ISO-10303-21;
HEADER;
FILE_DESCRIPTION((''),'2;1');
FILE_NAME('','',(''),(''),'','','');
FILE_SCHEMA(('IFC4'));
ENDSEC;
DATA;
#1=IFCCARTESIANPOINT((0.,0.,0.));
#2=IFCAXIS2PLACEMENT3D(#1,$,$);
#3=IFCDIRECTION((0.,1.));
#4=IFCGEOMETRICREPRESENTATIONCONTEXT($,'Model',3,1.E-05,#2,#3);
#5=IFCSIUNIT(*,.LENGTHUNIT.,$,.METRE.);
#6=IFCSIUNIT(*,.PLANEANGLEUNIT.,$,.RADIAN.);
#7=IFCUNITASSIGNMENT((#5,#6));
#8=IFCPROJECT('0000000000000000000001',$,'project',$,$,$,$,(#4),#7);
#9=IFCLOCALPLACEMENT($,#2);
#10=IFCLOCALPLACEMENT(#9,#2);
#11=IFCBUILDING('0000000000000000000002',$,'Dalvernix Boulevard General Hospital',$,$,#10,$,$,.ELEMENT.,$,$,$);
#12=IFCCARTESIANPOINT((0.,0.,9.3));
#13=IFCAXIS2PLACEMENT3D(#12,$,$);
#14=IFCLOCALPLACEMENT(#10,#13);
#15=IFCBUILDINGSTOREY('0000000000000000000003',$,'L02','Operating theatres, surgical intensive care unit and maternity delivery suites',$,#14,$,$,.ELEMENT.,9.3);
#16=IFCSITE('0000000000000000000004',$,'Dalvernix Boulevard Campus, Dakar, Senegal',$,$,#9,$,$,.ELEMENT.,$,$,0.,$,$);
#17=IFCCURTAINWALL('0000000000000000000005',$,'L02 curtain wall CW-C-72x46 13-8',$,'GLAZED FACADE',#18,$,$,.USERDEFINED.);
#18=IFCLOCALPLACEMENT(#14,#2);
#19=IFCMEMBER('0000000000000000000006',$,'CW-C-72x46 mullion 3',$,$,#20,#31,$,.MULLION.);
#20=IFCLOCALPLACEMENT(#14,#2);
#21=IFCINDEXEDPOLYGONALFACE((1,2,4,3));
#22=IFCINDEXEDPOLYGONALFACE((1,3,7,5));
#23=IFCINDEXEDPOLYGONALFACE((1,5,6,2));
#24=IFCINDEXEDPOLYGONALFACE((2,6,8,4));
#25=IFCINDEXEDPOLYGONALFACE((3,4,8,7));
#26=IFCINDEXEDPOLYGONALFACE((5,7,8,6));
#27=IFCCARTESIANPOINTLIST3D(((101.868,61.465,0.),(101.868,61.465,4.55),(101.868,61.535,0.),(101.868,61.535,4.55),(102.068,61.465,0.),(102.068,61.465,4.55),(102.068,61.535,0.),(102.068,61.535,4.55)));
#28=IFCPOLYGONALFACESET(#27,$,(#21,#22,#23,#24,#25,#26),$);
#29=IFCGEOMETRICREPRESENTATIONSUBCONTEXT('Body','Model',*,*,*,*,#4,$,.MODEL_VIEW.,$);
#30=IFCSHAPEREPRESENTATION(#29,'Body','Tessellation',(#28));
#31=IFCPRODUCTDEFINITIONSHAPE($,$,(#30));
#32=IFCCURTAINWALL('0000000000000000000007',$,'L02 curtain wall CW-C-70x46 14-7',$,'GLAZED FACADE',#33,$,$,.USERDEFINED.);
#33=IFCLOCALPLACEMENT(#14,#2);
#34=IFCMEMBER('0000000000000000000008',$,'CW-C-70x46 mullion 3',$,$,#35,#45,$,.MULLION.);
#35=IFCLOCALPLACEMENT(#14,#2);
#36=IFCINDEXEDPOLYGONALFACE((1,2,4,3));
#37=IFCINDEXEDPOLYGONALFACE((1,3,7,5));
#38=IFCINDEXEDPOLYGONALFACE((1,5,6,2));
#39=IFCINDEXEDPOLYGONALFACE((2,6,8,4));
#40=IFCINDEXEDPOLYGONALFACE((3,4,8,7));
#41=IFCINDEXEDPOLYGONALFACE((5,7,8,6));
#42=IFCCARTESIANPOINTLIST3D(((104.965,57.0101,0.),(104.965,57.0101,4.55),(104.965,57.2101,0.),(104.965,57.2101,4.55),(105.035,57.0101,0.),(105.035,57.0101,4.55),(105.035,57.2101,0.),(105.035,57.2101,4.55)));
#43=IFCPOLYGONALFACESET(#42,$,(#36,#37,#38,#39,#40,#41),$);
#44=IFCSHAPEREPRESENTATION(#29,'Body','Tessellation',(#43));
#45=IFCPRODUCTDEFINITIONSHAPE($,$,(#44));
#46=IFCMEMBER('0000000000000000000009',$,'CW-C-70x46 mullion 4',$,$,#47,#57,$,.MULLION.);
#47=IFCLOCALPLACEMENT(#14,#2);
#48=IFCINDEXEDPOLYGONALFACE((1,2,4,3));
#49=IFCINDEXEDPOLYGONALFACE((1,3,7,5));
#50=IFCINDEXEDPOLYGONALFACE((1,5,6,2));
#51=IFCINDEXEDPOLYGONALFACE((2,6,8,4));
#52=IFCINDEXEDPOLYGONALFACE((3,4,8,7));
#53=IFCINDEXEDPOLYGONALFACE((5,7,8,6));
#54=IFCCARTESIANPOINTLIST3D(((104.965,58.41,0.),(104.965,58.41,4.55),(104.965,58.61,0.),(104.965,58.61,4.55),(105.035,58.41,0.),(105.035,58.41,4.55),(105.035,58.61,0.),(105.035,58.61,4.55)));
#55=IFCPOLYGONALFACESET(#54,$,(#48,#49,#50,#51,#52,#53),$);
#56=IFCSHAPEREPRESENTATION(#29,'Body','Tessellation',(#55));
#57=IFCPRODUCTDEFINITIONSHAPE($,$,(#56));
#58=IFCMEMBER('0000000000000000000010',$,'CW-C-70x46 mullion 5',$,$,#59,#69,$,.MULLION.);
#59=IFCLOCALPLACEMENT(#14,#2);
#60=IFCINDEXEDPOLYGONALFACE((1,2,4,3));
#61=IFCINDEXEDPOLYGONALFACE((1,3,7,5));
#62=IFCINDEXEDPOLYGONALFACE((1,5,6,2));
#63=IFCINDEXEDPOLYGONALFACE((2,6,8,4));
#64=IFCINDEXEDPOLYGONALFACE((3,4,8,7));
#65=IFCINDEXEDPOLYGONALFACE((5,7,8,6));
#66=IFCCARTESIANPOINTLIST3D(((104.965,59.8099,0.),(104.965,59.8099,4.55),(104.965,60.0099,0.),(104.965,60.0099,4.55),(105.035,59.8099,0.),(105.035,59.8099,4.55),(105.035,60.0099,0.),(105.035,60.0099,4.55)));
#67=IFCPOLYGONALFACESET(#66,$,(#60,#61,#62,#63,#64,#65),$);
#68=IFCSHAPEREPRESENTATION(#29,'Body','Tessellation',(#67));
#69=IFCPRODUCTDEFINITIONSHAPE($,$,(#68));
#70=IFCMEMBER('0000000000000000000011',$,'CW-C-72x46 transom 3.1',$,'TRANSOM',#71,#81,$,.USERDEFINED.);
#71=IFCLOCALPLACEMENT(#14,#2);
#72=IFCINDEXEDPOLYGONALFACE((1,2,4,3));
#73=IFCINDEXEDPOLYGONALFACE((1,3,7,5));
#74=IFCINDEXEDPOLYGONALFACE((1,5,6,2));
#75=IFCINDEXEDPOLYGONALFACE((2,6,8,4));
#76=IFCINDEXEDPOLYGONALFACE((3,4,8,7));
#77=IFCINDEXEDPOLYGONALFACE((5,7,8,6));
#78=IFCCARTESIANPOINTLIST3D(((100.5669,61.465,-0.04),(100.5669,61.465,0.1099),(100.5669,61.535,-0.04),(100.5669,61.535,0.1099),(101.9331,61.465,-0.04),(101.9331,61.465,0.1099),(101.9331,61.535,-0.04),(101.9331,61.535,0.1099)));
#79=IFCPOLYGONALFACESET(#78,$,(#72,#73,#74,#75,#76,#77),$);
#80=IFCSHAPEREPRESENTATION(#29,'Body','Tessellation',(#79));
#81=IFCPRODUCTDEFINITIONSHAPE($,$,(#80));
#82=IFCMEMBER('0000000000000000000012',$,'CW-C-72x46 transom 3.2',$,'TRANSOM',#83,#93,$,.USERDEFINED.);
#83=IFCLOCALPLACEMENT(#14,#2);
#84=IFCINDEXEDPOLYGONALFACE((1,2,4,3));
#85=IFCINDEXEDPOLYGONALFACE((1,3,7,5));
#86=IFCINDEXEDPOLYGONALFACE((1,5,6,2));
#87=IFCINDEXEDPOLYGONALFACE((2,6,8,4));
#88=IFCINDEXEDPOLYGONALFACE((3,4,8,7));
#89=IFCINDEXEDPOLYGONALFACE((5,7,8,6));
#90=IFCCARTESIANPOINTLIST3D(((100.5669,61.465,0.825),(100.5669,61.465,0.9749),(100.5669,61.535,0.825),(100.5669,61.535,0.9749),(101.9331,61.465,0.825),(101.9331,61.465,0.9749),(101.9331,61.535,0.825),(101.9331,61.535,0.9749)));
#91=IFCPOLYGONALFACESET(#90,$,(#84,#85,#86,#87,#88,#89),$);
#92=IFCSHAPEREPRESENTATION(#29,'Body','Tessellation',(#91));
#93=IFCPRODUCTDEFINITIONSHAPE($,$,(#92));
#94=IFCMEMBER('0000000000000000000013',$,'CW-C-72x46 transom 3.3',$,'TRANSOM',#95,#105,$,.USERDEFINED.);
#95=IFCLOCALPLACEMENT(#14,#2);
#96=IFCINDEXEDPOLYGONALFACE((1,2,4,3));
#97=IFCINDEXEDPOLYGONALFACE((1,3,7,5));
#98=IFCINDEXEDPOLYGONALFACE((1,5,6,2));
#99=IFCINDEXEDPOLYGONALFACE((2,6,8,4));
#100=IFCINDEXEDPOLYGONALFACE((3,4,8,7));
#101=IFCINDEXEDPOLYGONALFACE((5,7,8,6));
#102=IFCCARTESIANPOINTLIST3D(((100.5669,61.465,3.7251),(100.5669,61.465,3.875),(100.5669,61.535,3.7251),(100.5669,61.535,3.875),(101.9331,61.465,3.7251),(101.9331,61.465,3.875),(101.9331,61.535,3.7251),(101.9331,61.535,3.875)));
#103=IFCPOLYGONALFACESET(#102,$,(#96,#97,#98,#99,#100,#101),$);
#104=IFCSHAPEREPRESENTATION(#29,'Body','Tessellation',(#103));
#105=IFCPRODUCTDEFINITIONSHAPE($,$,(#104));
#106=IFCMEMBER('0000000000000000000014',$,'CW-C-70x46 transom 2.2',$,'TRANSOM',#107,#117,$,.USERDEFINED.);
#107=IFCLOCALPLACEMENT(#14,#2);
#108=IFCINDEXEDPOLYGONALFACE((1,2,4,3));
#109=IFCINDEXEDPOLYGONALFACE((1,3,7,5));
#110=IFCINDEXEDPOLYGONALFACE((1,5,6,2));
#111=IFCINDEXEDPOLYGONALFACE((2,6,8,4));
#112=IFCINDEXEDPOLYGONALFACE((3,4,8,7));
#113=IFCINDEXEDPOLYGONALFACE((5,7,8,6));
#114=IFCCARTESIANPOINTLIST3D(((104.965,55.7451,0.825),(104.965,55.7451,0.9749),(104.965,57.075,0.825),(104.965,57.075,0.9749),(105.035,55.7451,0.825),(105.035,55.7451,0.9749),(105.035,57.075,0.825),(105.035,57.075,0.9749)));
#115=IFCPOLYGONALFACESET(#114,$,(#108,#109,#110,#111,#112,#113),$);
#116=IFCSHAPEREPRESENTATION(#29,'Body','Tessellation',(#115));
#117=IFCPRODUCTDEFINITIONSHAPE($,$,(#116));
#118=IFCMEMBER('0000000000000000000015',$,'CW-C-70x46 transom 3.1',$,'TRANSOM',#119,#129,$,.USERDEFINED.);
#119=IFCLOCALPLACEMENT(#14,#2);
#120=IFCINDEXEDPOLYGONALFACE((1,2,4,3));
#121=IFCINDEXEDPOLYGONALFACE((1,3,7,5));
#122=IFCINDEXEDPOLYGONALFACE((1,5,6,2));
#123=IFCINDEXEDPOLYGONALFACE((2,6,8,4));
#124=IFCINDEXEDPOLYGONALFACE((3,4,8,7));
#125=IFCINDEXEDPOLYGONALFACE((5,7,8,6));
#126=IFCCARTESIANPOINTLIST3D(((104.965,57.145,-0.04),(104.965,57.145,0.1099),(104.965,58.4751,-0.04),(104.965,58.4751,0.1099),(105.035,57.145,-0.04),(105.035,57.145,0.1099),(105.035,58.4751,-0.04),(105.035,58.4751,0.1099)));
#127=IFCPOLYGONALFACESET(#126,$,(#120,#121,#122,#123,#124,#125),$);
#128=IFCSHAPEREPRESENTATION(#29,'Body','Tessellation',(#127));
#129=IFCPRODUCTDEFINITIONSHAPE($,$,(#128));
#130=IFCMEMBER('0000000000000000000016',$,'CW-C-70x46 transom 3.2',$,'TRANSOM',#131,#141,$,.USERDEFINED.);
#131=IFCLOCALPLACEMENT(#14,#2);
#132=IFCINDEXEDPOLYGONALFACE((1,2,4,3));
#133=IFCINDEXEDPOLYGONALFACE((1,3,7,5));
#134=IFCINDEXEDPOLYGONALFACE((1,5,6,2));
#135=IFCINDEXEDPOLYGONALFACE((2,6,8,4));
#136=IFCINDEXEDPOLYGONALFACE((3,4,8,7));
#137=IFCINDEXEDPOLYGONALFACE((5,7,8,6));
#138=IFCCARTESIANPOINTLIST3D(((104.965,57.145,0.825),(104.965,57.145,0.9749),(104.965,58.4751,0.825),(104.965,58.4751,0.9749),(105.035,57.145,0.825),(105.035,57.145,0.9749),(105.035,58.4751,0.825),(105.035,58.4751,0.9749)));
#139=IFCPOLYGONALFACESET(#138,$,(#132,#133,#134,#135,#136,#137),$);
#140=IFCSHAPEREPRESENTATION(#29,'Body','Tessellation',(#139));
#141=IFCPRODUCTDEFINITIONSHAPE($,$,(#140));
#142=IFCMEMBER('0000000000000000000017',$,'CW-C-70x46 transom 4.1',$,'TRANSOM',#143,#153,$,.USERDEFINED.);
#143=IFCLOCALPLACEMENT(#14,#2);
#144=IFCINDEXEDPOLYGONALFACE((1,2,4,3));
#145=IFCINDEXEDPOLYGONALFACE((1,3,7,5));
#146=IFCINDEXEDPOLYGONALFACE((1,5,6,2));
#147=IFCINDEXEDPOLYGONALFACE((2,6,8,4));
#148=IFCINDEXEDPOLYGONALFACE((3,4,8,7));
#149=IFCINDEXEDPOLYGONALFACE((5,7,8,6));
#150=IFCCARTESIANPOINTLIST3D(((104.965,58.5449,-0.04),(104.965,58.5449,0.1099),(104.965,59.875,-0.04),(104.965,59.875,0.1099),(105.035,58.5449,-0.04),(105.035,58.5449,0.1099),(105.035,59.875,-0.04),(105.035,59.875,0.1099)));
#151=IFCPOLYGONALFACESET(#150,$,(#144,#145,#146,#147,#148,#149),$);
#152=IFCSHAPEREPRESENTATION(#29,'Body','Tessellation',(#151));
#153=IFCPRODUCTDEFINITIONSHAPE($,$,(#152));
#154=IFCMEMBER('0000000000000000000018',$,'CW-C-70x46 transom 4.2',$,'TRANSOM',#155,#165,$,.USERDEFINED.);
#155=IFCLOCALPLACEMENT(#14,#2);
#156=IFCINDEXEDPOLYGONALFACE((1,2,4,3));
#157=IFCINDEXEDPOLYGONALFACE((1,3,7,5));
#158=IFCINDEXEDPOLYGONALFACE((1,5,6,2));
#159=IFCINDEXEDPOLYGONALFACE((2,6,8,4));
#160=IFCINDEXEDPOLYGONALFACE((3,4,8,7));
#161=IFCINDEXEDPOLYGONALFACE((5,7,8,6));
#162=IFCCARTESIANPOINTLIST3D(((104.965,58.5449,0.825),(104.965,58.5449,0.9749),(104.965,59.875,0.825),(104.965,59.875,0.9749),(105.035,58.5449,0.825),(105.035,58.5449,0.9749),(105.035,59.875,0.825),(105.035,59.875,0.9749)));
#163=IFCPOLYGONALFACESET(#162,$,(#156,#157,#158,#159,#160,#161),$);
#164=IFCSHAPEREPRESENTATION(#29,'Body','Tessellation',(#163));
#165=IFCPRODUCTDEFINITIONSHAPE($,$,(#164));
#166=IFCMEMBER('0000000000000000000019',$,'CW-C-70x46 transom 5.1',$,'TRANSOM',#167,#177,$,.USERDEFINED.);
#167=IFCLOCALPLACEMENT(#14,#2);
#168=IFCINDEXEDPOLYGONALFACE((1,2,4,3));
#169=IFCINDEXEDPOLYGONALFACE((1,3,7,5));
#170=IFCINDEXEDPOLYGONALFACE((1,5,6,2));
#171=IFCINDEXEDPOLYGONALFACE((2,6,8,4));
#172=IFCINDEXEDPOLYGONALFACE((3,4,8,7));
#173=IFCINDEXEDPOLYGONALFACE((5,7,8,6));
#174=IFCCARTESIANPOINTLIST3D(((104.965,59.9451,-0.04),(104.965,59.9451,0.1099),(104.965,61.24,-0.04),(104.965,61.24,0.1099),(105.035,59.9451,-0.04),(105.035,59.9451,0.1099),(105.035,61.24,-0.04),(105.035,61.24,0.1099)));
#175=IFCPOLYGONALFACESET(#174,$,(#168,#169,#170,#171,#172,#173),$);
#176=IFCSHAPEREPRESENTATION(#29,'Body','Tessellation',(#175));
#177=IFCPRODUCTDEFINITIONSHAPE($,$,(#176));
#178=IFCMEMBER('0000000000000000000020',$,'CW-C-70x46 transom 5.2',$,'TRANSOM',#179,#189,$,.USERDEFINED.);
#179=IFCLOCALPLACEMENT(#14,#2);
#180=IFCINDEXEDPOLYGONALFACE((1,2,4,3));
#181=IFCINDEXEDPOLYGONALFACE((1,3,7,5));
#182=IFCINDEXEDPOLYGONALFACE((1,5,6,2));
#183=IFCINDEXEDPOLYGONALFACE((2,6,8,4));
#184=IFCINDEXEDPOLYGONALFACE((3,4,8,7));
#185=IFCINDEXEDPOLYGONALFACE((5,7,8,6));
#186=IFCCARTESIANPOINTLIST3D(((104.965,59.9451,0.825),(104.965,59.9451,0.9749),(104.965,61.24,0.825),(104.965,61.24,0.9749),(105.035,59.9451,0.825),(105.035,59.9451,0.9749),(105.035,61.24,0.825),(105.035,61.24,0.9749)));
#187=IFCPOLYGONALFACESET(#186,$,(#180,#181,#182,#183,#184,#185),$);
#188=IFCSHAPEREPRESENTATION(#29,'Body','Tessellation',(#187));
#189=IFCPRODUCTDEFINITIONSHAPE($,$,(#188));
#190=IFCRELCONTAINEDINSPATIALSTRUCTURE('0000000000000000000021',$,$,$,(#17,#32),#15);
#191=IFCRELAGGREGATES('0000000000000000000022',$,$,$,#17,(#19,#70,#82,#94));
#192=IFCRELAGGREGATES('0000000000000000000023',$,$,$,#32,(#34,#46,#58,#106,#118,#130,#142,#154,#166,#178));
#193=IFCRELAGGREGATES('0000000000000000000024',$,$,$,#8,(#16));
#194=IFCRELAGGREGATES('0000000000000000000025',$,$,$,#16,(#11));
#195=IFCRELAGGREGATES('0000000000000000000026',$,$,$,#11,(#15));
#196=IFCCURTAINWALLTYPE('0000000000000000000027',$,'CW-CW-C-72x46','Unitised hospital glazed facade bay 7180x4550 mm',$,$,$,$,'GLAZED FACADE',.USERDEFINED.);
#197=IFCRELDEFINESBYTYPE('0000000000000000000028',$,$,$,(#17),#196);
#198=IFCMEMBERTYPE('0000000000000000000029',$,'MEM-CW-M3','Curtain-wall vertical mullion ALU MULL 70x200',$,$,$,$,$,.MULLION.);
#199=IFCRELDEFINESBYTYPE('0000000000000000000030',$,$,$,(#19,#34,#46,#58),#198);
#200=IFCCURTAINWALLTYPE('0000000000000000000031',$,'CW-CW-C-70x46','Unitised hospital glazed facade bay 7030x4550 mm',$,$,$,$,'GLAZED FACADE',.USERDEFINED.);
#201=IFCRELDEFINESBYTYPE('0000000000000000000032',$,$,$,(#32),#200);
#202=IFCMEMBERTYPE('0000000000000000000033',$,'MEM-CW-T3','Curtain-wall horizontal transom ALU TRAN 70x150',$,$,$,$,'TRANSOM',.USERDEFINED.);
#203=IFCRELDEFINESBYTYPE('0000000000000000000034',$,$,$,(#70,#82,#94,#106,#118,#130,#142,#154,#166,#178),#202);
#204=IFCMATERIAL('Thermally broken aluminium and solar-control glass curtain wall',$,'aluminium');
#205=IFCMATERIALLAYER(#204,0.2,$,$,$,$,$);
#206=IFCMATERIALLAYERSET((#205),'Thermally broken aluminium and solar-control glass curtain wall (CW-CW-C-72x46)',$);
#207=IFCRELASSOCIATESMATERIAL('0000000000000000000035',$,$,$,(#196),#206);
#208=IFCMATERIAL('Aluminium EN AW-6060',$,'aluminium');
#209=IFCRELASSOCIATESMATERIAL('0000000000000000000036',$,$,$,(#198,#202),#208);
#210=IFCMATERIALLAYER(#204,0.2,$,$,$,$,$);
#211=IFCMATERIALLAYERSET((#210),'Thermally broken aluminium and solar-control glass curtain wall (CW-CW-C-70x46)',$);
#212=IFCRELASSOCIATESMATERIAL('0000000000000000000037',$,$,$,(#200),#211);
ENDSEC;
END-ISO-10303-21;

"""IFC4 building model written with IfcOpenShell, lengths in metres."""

from ifc_helpers import new_model, si_unit, direction, frame, origin, origin_2d, place, context, subcontext, project, spatial, rectangle, extrude, material, layer, layer_set, material_profile, profile_set, type_object, element, aggregate, save


model = new_model("IFC4")

# Units and contexts
model_context = context("Model", 3, precision=1e-05, world=origin(), true_north=direction((0.0, 1.0)))
body_context = subcontext(model_context, "Body", "Model", "MODEL_VIEW")
ifc_project = project(units=[si_unit("LENGTHUNIT", "METRE"), si_unit("PLANEANGLEUNIT", "RADIAN")], contexts=[model_context])

# Site, building, storey
site_placement = place(None, origin())
site = spatial("IfcSite", under=ifc_project, at=site_placement, Name="Dalvernix Boulevard Campus, Dakar, Senegal", CompositionType="ELEMENT", RefElevation=0.0)
building_placement = place(site_placement, origin())
building = spatial("IfcBuilding", under=site, at=building_placement, Name="Dalvernix Boulevard General Hospital", CompositionType="ELEMENT")
storey_placement = place(building_placement, frame((0.0, 0.0, 9.3)))
storey = spatial("IfcBuildingStorey", under=building, at=storey_placement, Name="L02", Description="Operating theatres, surgical intensive care unit and maternity delivery suites", CompositionType="ELEMENT", Elevation=9.3)

# Curtain wall, member
ifc_material_1 = material(Name="Thermally broken aluminium and solar-control glass curtain wall", Category="aluminium")
ifc_layer_1 = layer(ifc_material_1, 0.2)
ifc_layer_set_1 = layer_set([ifc_layer_1], Name="Thermally broken aluminium and solar-control glass curtain wall (CW-CW-C-72x46)")
curtain_wall_type_1 = type_object("IfcCurtainWallType", Name="CW-CW-C-72x46", Description="Unitised hospital glazed facade bay 7180x4550 mm", ElementType="GLAZED FACADE", PredefinedType="USERDEFINED", material=ifc_layer_set_1)
curtain_wall_1_placement = place(storey_placement, origin())
curtain_wall_1 = element("IfcCurtainWall", 1, at=curtain_wall_1_placement, inside=storey, type_object=curtain_wall_type_1, Name="L02 curtain wall CW-C-72x46 13-8", ObjectType="GLAZED FACADE", PredefinedType="USERDEFINED")
ifc_material_2 = material(Name="Aluminium EN AW-6060", Category="aluminium")
ifc_material_profile_1 = material_profile(ifc_material_2, rectangle(XDim=0.0701, YDim=0.2, at=origin_2d()), Name="ALU MULL 70x200")
ifc_profile_set_1 = profile_set([ifc_material_profile_1], Name="Aluminium EN AW-6060")
member_type_1 = type_object("IfcMemberType", Name="MEM-CW-M3", Description="Curtain-wall vertical mullion ALU MULL 70x200", PredefinedType="MULLION", material=ifc_profile_set_1)
member_1_placement = place(storey_placement, frame((101.968, 61.5, 0.0), z_axis=(0.0, 0.0, 1.0), x_axis=(0.0, -1.0, 0.0)))
member_1 = element("IfcMember", 2, at=member_1_placement, type_object=member_type_1, Name="CW-C-72x46 mullion 3", PredefinedType="MULLION", context=body_context, shape_type="SweptSolid", body=[
    extrude(rectangle(XDim=0.0701, YDim=0.2, at=origin_2d()), origin(), (0.0, 0.0, 1.0), 4.55),
])

# Curtain wall, members
ifc_layer_2 = layer(ifc_material_1, 0.2)
ifc_layer_set_2 = layer_set([ifc_layer_2], Name="Thermally broken aluminium and solar-control glass curtain wall (CW-CW-C-70x46)")
curtain_wall_type_2 = type_object("IfcCurtainWallType", Name="CW-CW-C-70x46", Description="Unitised hospital glazed facade bay 7030x4550 mm", ElementType="GLAZED FACADE", PredefinedType="USERDEFINED", material=ifc_layer_set_2)
curtain_wall_2_placement = place(storey_placement, origin())
curtain_wall_2 = element("IfcCurtainWall", 3, at=curtain_wall_2_placement, inside=storey, type_object=curtain_wall_type_2, Name="L02 curtain wall CW-C-70x46 14-7", ObjectType="GLAZED FACADE", PredefinedType="USERDEFINED")
member_2_placement = place(storey_placement, frame((105.0, 57.1101, 0.0), z_axis=(0.0, 0.0, 1.0), x_axis=(-1.0, 0.0, 0.0)))
member_2 = element("IfcMember", 4, at=member_2_placement, type_object=member_type_1, Name="CW-C-70x46 mullion 3", PredefinedType="MULLION", context=body_context, shape_type="SweptSolid", body=[
    extrude(rectangle(XDim=0.0701, YDim=0.2, at=origin_2d()), origin(), (0.0, 0.0, 1.0), 4.55),
])
member_3_placement = place(storey_placement, frame((105.0, 58.51, 0.0), z_axis=(0.0, 0.0, 1.0), x_axis=(-1.0, 0.0, 0.0)))
member_3 = element("IfcMember", 5, at=member_3_placement, type_object=member_type_1, Name="CW-C-70x46 mullion 4", PredefinedType="MULLION", context=body_context, shape_type="SweptSolid", body=[
    extrude(rectangle(XDim=0.0701, YDim=0.2, at=origin_2d()), origin(), (0.0, 0.0, 1.0), 4.55),
])
member_4_placement = place(storey_placement, frame((105.0, 59.9099, 0.0), z_axis=(0.0, 0.0, 1.0), x_axis=(-1.0, 0.0, 0.0)))
member_4 = element("IfcMember", 6, at=member_4_placement, type_object=member_type_1, Name="CW-C-70x46 mullion 5", PredefinedType="MULLION", context=body_context, shape_type="SweptSolid", body=[
    extrude(rectangle(XDim=0.0701, YDim=0.2, at=origin_2d()), origin(), (0.0, 0.0, 1.0), 4.55),
])

# Members
ifc_material_profile_2 = material_profile(ifc_material_2, rectangle(XDim=0.0701, YDim=0.1499, at=origin_2d()), Name="ALU TRAN 70x150")
ifc_profile_set_2 = profile_set([ifc_material_profile_2], Name="Aluminium EN AW-6060")
member_type_2 = type_object("IfcMemberType", Name="MEM-CW-T3", Description="Curtain-wall horizontal transom ALU TRAN 70x150", ElementType="TRANSOM", PredefinedType="USERDEFINED", material=ifc_profile_set_2)
member_5_placement = place(storey_placement, frame((101.9331, 61.5, 0.0349), z_axis=(-1.0, 0.0, 0.0), x_axis=(0.0, -1.0, 0.0)))
member_5 = element("IfcMember", 7, at=member_5_placement, type_object=member_type_2, Name="CW-C-72x46 transom 3.1", ObjectType="TRANSOM", PredefinedType="USERDEFINED", context=body_context, shape_type="SweptSolid", body=[
    extrude(rectangle(XDim=0.0701, YDim=0.1499, at=origin_2d()), origin(), (0.0, 0.0, 1.0), 1.3662),
])
member_6_placement = place(storey_placement, frame((101.9331, 61.5, 0.8999), z_axis=(-1.0, 0.0, 0.0), x_axis=(0.0, -1.0, 0.0)))
member_6 = element("IfcMember", 8, at=member_6_placement, type_object=member_type_2, Name="CW-C-72x46 transom 3.2", ObjectType="TRANSOM", PredefinedType="USERDEFINED", context=body_context, shape_type="SweptSolid", body=[
    extrude(rectangle(XDim=0.0701, YDim=0.1499, at=origin_2d()), origin(), (0.0, 0.0, 1.0), 1.3662),
])
member_7_placement = place(storey_placement, frame((101.9331, 61.5, 3.8), z_axis=(-1.0, 0.0, 0.0), x_axis=(0.0, -1.0, 0.0)))
member_7 = element("IfcMember", 9, at=member_7_placement, type_object=member_type_2, Name="CW-C-72x46 transom 3.3", ObjectType="TRANSOM", PredefinedType="USERDEFINED", context=body_context, shape_type="SweptSolid", body=[
    extrude(rectangle(XDim=0.0701, YDim=0.1499, at=origin_2d()), origin(), (0.0, 0.0, 1.0), 1.3662),
])
member_8_placement = place(storey_placement, frame((105.0, 55.7451, 0.8999), z_axis=(0.0, 1.0, 0.0), x_axis=(-1.0, 0.0, 0.0)))
member_8 = element("IfcMember", 10, at=member_8_placement, type_object=member_type_2, Name="CW-C-70x46 transom 2.2", ObjectType="TRANSOM", PredefinedType="USERDEFINED", context=body_context, shape_type="SweptSolid", body=[
    extrude(rectangle(XDim=0.0701, YDim=0.1499, at=origin_2d()), origin(), (0.0, 0.0, 1.0), 1.3298),
])
member_9_placement = place(storey_placement, frame((105.0, 57.145, 0.0349), z_axis=(0.0, 1.0, 0.0), x_axis=(-1.0, 0.0, 0.0)))
member_9 = element("IfcMember", 11, at=member_9_placement, type_object=member_type_2, Name="CW-C-70x46 transom 3.1", ObjectType="TRANSOM", PredefinedType="USERDEFINED", context=body_context, shape_type="SweptSolid", body=[
    extrude(rectangle(XDim=0.0701, YDim=0.1499, at=origin_2d()), origin(), (0.0, 0.0, 1.0), 1.3301),
])
member_10_placement = place(storey_placement, frame((105.0, 57.145, 0.8999), z_axis=(0.0, 1.0, 0.0), x_axis=(-1.0, 0.0, 0.0)))
member_10 = element("IfcMember", 12, at=member_10_placement, type_object=member_type_2, Name="CW-C-70x46 transom 3.2", ObjectType="TRANSOM", PredefinedType="USERDEFINED", context=body_context, shape_type="SweptSolid", body=[
    extrude(rectangle(XDim=0.0701, YDim=0.1499, at=origin_2d()), origin(), (0.0, 0.0, 1.0), 1.3301),
])
member_11_placement = place(storey_placement, frame((105.0, 58.5449, 0.0349), z_axis=(0.0, 1.0, 0.0), x_axis=(-1.0, 0.0, 0.0)))
member_11 = element("IfcMember", 13, at=member_11_placement, type_object=member_type_2, Name="CW-C-70x46 transom 4.1", ObjectType="TRANSOM", PredefinedType="USERDEFINED", context=body_context, shape_type="SweptSolid", body=[
    extrude(rectangle(XDim=0.0701, YDim=0.1499, at=origin_2d()), origin(), (0.0, 0.0, 1.0), 1.3301),
])
member_12_placement = place(storey_placement, frame((105.0, 58.5449, 0.8999), z_axis=(0.0, 1.0, 0.0), x_axis=(-1.0, 0.0, 0.0)))
member_12 = element("IfcMember", 14, at=member_12_placement, type_object=member_type_2, Name="CW-C-70x46 transom 4.2", ObjectType="TRANSOM", PredefinedType="USERDEFINED", context=body_context, shape_type="SweptSolid", body=[
    extrude(rectangle(XDim=0.0701, YDim=0.1499, at=origin_2d()), origin(), (0.0, 0.0, 1.0), 1.3301),
])
member_13_placement = place(storey_placement, frame((105.0, 59.9451, 0.0349), z_axis=(0.0, 1.0, 0.0), x_axis=(-1.0, 0.0, 0.0)))
member_13 = element("IfcMember", 15, at=member_13_placement, type_object=member_type_2, Name="CW-C-70x46 transom 5.1", ObjectType="TRANSOM", PredefinedType="USERDEFINED", context=body_context, shape_type="SweptSolid", body=[
    extrude(rectangle(XDim=0.0701, YDim=0.1499, at=origin_2d()), origin(), (0.0, 0.0, 1.0), 1.2949),
])
member_14_placement = place(storey_placement, frame((105.0, 59.9451, 0.8999), z_axis=(0.0, 1.0, 0.0), x_axis=(-1.0, 0.0, 0.0)))
member_14 = element("IfcMember", 16, at=member_14_placement, type_object=member_type_2, Name="CW-C-70x46 transom 5.2", ObjectType="TRANSOM", PredefinedType="USERDEFINED", context=body_context, shape_type="SweptSolid", body=[
    extrude(rectangle(XDim=0.0701, YDim=0.1499, at=origin_2d()), origin(), (0.0, 0.0, 1.0), 1.2949),
])

aggregate(curtain_wall_1, [member_1, member_5, member_6, member_7])
aggregate(curtain_wall_2, [member_2, member_3, member_4, member_8, member_9, member_10, member_11, member_12, member_13, member_14])

save(model, "model.ifc")
